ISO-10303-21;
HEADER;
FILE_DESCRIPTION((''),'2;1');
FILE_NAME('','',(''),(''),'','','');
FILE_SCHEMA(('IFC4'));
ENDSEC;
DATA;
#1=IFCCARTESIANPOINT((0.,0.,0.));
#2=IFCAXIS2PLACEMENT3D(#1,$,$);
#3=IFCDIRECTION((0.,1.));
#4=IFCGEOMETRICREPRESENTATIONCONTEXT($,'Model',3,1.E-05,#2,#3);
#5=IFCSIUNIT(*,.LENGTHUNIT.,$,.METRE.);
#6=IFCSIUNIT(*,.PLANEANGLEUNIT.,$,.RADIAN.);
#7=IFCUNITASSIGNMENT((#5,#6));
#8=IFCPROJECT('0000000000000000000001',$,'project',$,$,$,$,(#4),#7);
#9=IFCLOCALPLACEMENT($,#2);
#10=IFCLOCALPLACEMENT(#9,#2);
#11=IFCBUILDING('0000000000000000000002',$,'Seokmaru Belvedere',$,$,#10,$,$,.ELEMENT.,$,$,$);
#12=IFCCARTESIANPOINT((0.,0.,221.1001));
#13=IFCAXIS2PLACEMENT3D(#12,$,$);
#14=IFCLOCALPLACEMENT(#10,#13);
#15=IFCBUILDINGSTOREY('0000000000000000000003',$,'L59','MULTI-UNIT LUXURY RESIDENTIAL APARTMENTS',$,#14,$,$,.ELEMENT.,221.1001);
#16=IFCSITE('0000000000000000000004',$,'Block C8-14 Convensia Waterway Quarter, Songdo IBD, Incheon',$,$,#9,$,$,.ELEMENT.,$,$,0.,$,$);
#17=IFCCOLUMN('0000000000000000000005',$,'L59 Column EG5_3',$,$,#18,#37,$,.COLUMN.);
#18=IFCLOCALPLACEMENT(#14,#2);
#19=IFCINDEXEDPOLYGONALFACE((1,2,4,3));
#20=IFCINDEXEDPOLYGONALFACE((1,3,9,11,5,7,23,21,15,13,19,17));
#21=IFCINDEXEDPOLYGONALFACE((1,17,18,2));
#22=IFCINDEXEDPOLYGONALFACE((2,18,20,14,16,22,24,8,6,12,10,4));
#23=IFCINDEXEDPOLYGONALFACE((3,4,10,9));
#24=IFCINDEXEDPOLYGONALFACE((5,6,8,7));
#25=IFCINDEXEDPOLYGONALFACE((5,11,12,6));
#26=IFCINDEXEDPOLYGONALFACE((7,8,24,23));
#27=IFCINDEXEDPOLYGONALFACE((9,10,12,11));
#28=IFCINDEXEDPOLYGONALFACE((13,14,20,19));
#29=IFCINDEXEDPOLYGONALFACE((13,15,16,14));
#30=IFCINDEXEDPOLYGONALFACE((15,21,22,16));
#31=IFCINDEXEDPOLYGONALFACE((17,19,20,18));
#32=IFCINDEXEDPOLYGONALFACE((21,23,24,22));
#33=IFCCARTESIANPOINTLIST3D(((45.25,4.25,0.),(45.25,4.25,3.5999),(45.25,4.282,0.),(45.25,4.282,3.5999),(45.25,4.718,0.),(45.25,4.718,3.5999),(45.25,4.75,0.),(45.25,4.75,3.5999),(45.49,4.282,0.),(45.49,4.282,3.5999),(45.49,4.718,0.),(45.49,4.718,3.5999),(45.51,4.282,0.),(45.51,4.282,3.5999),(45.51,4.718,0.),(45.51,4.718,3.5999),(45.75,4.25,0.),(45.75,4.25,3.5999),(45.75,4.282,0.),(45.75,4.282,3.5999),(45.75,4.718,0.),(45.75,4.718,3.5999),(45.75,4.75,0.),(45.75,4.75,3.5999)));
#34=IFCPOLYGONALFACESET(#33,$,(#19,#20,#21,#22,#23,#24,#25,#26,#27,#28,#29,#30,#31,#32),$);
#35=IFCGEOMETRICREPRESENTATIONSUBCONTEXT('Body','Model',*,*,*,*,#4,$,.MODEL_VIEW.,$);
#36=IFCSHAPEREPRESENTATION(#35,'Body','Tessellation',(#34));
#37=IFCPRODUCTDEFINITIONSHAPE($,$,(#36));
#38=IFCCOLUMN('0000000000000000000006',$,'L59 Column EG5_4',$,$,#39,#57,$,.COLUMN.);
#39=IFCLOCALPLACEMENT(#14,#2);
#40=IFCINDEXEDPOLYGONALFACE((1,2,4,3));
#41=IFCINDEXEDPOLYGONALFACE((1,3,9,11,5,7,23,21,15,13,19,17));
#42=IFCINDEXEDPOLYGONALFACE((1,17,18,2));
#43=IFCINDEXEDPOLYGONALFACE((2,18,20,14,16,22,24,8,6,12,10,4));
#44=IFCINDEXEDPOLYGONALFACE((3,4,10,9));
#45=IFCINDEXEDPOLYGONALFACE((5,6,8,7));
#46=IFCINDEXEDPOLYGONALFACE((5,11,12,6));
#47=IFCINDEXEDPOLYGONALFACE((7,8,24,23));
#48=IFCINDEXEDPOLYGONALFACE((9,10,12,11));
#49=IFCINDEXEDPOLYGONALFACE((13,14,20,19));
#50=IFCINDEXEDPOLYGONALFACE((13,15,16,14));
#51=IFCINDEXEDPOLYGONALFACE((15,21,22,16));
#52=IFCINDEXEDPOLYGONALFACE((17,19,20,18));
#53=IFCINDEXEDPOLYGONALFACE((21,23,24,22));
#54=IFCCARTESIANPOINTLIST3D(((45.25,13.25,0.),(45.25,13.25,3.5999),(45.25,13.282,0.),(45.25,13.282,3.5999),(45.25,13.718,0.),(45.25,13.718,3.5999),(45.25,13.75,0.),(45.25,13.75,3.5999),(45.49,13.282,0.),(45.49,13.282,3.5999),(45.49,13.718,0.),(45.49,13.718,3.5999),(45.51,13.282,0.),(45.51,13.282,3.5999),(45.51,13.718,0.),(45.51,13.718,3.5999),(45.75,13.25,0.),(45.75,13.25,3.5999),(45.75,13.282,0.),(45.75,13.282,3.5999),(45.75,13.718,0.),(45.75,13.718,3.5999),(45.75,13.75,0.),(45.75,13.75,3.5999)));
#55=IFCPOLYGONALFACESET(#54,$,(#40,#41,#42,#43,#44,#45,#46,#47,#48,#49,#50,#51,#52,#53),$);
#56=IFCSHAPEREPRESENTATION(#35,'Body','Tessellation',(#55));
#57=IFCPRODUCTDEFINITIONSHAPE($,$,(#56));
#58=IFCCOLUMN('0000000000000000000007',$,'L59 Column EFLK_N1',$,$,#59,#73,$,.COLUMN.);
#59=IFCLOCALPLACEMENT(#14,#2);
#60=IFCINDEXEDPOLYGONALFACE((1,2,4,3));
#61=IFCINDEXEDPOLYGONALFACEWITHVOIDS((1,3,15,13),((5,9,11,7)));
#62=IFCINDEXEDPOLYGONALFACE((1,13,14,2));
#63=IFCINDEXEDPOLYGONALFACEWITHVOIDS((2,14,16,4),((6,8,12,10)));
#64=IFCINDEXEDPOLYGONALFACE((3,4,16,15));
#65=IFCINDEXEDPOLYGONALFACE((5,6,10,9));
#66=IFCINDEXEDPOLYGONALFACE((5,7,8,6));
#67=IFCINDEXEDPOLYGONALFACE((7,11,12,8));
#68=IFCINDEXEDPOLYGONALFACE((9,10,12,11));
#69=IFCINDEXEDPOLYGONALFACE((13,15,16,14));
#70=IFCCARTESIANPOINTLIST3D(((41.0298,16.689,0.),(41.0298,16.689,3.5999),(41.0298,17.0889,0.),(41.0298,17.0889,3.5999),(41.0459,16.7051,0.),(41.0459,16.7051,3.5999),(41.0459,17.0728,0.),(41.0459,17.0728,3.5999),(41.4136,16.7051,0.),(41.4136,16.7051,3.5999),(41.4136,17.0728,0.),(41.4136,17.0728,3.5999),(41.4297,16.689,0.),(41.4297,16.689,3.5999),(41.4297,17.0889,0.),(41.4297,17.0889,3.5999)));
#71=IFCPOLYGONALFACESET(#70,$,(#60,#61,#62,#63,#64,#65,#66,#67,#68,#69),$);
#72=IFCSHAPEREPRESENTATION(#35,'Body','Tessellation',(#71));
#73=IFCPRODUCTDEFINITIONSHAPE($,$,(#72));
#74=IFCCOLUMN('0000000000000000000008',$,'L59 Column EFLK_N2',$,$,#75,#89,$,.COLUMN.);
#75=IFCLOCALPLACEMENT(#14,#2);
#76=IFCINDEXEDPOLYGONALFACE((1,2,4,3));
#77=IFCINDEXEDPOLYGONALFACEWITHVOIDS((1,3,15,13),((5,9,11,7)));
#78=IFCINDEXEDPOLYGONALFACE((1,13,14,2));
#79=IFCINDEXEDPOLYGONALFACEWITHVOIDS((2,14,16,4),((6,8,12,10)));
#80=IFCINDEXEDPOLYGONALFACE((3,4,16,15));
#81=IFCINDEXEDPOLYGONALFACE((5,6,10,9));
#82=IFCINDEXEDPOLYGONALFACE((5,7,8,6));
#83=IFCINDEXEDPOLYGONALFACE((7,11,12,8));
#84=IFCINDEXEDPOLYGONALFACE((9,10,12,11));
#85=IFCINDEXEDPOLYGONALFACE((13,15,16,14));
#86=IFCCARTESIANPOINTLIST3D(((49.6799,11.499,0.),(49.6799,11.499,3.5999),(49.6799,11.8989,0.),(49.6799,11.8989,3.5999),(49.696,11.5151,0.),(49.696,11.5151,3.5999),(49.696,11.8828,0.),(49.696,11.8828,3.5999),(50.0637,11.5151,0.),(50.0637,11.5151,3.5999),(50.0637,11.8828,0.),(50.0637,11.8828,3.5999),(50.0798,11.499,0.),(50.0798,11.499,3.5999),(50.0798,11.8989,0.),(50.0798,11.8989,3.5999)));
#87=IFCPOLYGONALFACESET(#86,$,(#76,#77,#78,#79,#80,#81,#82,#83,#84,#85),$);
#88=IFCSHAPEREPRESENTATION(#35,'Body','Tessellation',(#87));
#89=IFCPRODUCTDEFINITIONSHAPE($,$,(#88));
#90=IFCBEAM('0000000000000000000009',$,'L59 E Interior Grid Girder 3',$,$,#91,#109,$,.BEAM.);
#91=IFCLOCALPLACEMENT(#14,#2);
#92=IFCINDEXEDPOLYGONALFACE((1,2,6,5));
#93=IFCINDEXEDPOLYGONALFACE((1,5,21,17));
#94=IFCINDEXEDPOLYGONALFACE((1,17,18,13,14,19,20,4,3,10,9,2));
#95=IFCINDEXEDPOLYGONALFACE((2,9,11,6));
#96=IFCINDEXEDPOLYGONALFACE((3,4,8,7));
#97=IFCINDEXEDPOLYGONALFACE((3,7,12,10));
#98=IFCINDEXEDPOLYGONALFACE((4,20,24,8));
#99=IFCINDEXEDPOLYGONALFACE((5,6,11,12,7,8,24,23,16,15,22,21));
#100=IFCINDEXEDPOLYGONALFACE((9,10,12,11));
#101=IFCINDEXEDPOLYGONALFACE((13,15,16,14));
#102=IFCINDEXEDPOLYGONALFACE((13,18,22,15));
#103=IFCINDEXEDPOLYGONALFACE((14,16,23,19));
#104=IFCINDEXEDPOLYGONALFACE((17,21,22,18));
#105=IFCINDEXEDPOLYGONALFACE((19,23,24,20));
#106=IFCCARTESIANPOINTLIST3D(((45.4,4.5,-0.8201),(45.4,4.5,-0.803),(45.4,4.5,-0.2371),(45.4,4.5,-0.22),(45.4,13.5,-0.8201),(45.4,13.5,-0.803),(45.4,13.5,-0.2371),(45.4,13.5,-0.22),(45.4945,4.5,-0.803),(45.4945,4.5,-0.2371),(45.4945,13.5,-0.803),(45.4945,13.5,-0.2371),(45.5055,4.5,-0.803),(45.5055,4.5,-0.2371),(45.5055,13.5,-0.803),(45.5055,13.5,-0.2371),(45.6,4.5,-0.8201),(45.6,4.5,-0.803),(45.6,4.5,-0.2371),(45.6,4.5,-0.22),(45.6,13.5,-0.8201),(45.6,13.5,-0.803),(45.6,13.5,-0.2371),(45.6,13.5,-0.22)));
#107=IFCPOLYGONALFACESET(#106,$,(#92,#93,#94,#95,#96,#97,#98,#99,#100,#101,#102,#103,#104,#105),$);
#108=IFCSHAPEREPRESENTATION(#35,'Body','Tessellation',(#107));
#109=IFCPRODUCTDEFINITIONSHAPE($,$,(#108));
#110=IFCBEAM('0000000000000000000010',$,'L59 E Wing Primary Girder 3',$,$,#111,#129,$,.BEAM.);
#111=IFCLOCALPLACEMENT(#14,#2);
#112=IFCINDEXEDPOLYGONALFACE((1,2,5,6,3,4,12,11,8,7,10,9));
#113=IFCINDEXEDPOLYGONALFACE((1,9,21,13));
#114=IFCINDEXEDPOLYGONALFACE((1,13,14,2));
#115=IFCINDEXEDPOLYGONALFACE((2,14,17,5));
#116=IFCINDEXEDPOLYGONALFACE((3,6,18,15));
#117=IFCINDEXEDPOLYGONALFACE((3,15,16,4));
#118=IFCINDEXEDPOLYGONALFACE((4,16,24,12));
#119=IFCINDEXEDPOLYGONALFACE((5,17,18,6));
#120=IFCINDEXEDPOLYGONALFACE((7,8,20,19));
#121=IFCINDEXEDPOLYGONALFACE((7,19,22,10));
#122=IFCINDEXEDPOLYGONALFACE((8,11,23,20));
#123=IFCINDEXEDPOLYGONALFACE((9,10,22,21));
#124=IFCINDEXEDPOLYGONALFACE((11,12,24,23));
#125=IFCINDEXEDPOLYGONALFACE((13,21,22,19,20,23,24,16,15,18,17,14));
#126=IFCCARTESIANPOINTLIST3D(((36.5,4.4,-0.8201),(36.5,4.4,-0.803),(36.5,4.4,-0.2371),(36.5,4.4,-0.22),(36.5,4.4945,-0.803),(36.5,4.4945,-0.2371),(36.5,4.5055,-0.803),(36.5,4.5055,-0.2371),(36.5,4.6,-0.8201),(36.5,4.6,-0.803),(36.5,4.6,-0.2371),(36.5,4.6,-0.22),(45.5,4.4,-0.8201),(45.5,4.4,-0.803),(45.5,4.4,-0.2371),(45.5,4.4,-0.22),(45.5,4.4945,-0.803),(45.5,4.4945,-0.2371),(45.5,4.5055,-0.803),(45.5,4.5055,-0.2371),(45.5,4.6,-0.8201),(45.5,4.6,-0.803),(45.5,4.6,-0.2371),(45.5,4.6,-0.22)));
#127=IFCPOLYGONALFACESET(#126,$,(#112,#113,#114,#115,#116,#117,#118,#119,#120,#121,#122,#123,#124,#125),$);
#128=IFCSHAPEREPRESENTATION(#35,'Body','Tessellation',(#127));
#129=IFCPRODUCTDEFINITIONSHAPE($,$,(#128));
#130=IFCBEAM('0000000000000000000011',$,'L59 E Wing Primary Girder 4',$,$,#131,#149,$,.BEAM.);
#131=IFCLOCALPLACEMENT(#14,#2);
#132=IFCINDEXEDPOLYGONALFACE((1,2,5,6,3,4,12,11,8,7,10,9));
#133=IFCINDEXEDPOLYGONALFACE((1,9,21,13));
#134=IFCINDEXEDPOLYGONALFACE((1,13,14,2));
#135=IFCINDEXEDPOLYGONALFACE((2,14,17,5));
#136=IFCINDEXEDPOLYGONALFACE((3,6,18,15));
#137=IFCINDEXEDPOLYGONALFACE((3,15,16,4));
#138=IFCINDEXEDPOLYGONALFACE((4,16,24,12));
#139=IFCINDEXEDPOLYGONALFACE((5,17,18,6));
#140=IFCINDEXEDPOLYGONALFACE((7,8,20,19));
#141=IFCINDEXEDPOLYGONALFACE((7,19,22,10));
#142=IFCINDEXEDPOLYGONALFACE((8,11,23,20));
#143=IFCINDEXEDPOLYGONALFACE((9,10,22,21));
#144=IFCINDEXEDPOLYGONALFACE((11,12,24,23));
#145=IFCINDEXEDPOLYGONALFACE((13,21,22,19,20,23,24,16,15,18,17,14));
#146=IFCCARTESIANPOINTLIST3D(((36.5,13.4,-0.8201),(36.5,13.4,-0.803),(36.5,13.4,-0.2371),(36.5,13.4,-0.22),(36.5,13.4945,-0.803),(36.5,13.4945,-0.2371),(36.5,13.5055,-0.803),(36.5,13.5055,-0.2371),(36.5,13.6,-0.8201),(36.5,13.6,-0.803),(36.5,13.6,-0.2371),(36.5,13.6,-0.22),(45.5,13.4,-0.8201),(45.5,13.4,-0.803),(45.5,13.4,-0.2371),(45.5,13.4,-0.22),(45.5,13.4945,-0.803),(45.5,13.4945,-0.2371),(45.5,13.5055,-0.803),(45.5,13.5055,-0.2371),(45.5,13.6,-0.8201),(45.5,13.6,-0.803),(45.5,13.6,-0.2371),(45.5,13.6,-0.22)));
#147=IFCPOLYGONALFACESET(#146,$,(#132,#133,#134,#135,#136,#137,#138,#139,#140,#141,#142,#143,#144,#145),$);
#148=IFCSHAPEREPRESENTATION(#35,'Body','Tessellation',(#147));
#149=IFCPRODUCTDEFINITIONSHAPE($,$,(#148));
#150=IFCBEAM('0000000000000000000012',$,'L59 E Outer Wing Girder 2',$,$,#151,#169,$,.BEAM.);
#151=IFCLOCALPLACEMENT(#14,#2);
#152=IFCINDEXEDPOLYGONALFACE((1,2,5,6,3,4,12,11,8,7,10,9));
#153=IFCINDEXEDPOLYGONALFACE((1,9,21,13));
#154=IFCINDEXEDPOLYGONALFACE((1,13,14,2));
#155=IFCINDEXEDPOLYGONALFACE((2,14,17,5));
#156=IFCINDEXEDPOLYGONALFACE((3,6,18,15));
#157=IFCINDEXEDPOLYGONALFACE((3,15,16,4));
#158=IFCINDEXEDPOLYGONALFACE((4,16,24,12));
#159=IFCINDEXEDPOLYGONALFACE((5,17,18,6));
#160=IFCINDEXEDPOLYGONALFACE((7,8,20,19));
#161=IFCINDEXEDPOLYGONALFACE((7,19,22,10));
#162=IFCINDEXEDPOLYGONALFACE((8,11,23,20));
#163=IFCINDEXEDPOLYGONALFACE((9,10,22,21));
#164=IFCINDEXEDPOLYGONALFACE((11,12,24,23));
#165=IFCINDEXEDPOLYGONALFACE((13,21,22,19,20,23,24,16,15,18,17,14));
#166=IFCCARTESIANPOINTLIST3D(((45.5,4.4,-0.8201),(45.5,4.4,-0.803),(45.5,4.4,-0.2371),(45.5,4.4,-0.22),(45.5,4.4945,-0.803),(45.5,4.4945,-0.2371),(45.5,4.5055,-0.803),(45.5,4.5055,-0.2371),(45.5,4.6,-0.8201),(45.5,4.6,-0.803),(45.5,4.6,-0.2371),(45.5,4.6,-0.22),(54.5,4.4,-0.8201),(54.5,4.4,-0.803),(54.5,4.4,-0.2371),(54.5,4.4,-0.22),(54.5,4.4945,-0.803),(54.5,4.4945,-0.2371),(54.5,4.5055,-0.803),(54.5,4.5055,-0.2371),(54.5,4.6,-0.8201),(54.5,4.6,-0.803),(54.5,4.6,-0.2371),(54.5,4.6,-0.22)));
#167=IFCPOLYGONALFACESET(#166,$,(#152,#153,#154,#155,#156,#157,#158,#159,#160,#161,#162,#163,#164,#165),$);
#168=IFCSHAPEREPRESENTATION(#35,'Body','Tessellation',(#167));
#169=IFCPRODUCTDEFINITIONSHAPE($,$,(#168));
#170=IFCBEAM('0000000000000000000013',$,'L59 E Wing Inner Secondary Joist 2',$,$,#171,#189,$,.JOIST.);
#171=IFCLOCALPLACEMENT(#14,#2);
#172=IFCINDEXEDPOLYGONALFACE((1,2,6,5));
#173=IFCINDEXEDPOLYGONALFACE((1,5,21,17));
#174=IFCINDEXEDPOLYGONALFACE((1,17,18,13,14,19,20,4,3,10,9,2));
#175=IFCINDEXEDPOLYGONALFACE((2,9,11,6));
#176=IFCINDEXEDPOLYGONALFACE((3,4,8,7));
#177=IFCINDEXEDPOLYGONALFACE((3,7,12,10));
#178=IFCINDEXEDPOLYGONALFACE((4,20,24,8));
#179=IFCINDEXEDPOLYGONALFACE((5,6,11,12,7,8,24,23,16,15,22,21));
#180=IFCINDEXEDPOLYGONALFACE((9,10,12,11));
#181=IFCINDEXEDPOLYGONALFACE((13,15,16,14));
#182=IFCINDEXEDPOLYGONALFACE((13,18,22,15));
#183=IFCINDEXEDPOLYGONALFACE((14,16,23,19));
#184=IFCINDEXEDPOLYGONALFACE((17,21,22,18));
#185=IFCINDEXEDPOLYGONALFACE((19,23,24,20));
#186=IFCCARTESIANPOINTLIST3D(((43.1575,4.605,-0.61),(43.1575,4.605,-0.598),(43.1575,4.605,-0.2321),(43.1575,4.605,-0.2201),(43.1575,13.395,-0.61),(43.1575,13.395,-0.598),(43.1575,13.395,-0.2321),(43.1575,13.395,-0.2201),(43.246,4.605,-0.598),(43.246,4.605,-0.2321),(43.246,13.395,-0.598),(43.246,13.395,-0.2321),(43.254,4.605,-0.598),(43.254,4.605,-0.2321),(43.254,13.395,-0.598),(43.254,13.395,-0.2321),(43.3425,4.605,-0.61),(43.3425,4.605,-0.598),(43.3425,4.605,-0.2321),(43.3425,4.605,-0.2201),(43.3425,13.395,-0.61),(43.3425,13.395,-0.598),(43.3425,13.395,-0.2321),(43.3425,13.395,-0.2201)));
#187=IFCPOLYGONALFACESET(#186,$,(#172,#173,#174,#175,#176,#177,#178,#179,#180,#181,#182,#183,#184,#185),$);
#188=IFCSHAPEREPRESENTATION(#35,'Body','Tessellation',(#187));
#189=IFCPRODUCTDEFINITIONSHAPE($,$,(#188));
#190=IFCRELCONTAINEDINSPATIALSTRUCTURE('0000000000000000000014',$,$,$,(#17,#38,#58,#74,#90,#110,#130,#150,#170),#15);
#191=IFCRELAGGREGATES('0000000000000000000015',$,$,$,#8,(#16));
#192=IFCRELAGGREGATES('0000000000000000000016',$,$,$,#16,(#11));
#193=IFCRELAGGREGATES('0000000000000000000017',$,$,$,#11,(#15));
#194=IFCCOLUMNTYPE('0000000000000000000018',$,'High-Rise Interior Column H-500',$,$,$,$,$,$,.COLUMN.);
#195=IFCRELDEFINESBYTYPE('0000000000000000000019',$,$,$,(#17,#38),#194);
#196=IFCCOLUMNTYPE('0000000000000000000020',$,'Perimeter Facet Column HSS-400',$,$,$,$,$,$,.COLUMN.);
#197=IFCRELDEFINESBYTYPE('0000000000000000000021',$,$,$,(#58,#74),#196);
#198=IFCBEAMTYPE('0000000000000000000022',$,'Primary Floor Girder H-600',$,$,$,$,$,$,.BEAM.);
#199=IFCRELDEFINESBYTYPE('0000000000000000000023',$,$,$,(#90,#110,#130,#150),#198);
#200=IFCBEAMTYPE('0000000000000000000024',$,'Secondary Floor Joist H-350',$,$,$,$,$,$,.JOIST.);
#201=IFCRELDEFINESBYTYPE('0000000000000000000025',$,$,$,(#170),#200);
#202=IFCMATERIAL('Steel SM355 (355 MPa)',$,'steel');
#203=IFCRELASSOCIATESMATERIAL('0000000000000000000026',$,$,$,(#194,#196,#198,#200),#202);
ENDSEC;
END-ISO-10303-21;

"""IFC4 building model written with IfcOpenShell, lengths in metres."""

from ifc_helpers import new_model, si_unit, direction, frame, origin, origin_2d, place, context, subcontext, project, spatial, hollow_rectangle, i_section, extrude, source, transform, mapped, material, material_profile, profile_set, type_object, type_shapes, element, save


model = new_model("IFC4")

# Units and contexts
model_context = context("Model", 3, precision=1e-05, world=origin(), true_north=direction((0.0, 1.0)))
body_context = subcontext(model_context, "Body", "Model", "MODEL_VIEW")
ifc_project = project(units=[si_unit("LENGTHUNIT", "METRE"), si_unit("PLANEANGLEUNIT", "RADIAN")], contexts=[model_context])

# Site, building, storey
site_placement = place(None, origin())
site = spatial("IfcSite", under=ifc_project, at=site_placement, Name="Block C8-14 Convensia Waterway Quarter, Songdo IBD, Incheon", CompositionType="ELEMENT", RefElevation=0.0)
building_placement = place(site_placement, origin())
building = spatial("IfcBuilding", under=site, at=building_placement, Name="Seokmaru Belvedere", CompositionType="ELEMENT")
storey_placement = place(building_placement, frame((0.0, 0.0, 221.1001)))
storey = spatial("IfcBuildingStorey", under=building, at=storey_placement, Name="L59", Description="MULTI-UNIT LUXURY RESIDENTIAL APARTMENTS", CompositionType="ELEMENT", Elevation=221.1001)

# Columns
ifc_material_1 = material(Name="Steel SM355 (355 MPa)", Category="steel")
ifc_material_profile_1 = material_profile(ifc_material_1, i_section(OverallWidth=0.5, OverallDepth=0.5, WebThickness=0.02, FlangeThickness=0.032, at=origin_2d()), Name="H-500x500x20x32")
ifc_profile_set_1 = profile_set([ifc_material_profile_1], Name="Steel SM355 (355 MPa)")
column_type_1 = type_object("IfcColumnType", Name="High-Rise Interior Column H-500", PredefinedType="COLUMN", material=ifc_profile_set_1)
shared_shape_1 = source(origin(), body_context, "Body", "SweptSolid", [
    extrude(i_section(OverallWidth=0.5, OverallDepth=0.5, WebThickness=0.02, FlangeThickness=0.032, at=origin_2d()), origin(), (0.0, 0.0, 1.0), 3.5999),
])
type_shapes(column_type_1, [shared_shape_1])
for number, where, z_axis, x_axis, name in (
    (1, (45.5, 4.5, 0.0), (0.0, 0.0, 1.0), (1.0, 0.0, 0.0), "L59 Column EG5_3"),
    (2, (45.5, 13.5, 0.0), (0.0, 0.0, 1.0), (1.0, 0.0, 0.0), "L59 Column EG5_4"),
):
    element("IfcColumn", number, at=place(storey_placement, frame(where, z_axis=z_axis, x_axis=x_axis)), inside=storey, type_object=column_type_1, Name=name, PredefinedType="COLUMN", context=body_context, shape_type="MappedRepresentation", body=[
        mapped(shared_shape_1, transform((0.0, 0.0, 0.0), scale=1.0)),
    ])
ifc_material_profile_2 = material_profile(ifc_material_1, hollow_rectangle(XDim=0.3999, YDim=0.3999, WallThickness=0.0161, at=origin_2d()), Name="HSS-400x400x16")
ifc_profile_set_2 = profile_set([ifc_material_profile_2], Name="Steel SM355 (355 MPa)")
column_type_2 = type_object("IfcColumnType", Name="Perimeter Facet Column HSS-400", PredefinedType="COLUMN", material=ifc_profile_set_2)
shared_shape_2 = source(origin(), body_context, "Body", "SweptSolid", [
    extrude(hollow_rectangle(XDim=0.3999, YDim=0.3999, WallThickness=0.0161, at=origin_2d()), origin(), (0.0, 0.0, 1.0), 3.5999),
])
type_shapes(column_type_2, [shared_shape_2])
for number, where, z_axis, x_axis, name in (
    (3, (41.2297, 16.8889, 0.0), (0.0, 0.0, 1.0), (1.0, 0.0, 0.0), "L59 Column EFLK_N1"),
    (4, (49.8799, 11.699, 0.0), (0.0, 0.0, 1.0), (1.0, 0.0, 0.0), "L59 Column EFLK_N2"),
):
    element("IfcColumn", number, at=place(storey_placement, frame(where, z_axis=z_axis, x_axis=x_axis)), inside=storey, type_object=column_type_2, Name=name, PredefinedType="COLUMN", context=body_context, shape_type="MappedRepresentation", body=[
        mapped(shared_shape_2, transform((0.0, 0.0, 0.0), scale=1.0)),
    ])

# Beams
ifc_material_profile_3 = material_profile(ifc_material_1, i_section(OverallWidth=0.2, OverallDepth=0.6001, WebThickness=0.011, FlangeThickness=0.0171, at=origin_2d()), Name="H-600x200x11x17")
ifc_profile_set_3 = profile_set([ifc_material_profile_3], Name="Steel SM355 (355 MPa)")
beam_type_1 = type_object("IfcBeamType", Name="Primary Floor Girder H-600", PredefinedType="BEAM", material=ifc_profile_set_3)
shared_shape_3 = source(origin(), body_context, "Body", "SweptSolid", [
    extrude(i_section(OverallWidth=0.2, OverallDepth=0.6001, WebThickness=0.011, FlangeThickness=0.0171, at=origin_2d()), origin(), (0.0, 0.0, 1.0), 9.0),
])
for number, where, z_axis, x_axis, name in (
    (5, (45.5, 4.5, -0.52), (0.0, 1.0, 0.0), (-1.0, 0.0, 0.0), "L59 E Interior Grid Girder 3"),
    (6, (36.5, 4.5, -0.52), (1.0, 0.0, 0.0), (0.0, 1.0, 0.0), "L59 E Wing Primary Girder 3"),
    (7, (36.5, 13.5, -0.52), (1.0, 0.0, 0.0), (0.0, 1.0, 0.0), "L59 E Wing Primary Girder 4"),
    (8, (45.5, 4.5, -0.52), (1.0, 0.0, 0.0), (0.0, 1.0, 0.0), "L59 E Outer Wing Girder 2"),
):
    element("IfcBeam", number, at=place(storey_placement, frame(where, z_axis=z_axis, x_axis=x_axis)), inside=storey, type_object=beam_type_1, Name=name, PredefinedType="BEAM", context=body_context, shape_type="MappedRepresentation", body=[
        mapped(shared_shape_3, transform((0.0, 0.0, 0.0), scale=1.0)),
    ])
ifc_material_profile_4 = material_profile(ifc_material_1, i_section(OverallWidth=0.1851, OverallDepth=0.3899, WebThickness=0.0081, FlangeThickness=0.012, at=origin_2d()), Name="H-390x185x8x12")
ifc_profile_set_4 = profile_set([ifc_material_profile_4], Name="Steel SM355 (355 MPa)")
beam_type_2 = type_object("IfcBeamType", Name="Secondary Floor Joist H-350", PredefinedType="JOIST", material=ifc_profile_set_4)
shared_shape_4 = source(origin(), body_context, "Body", "SweptSolid", [
    extrude(i_section(OverallWidth=0.1851, OverallDepth=0.3899, WebThickness=0.0081, FlangeThickness=0.012, at=origin_2d()), origin(), (0.0, 0.0, 1.0), 8.79),
])
type_shapes(beam_type_2, [shared_shape_4])
for number, where, z_axis, x_axis, name in (
    (9, (43.25, 4.605, -0.415), (0.0, 1.0, 0.0), (-1.0, 0.0, 0.0), "L59 E Wing Inner Secondary Joist 2"),
):
    element("IfcBeam", number, at=place(storey_placement, frame(where, z_axis=z_axis, x_axis=x_axis)), inside=storey, type_object=beam_type_2, Name=name, PredefinedType="JOIST", context=body_context, shape_type="MappedRepresentation", body=[
        mapped(shared_shape_4, transform((0.0, 0.0, 0.0), scale=1.0)),
    ])

save(model, "model.ifc")
